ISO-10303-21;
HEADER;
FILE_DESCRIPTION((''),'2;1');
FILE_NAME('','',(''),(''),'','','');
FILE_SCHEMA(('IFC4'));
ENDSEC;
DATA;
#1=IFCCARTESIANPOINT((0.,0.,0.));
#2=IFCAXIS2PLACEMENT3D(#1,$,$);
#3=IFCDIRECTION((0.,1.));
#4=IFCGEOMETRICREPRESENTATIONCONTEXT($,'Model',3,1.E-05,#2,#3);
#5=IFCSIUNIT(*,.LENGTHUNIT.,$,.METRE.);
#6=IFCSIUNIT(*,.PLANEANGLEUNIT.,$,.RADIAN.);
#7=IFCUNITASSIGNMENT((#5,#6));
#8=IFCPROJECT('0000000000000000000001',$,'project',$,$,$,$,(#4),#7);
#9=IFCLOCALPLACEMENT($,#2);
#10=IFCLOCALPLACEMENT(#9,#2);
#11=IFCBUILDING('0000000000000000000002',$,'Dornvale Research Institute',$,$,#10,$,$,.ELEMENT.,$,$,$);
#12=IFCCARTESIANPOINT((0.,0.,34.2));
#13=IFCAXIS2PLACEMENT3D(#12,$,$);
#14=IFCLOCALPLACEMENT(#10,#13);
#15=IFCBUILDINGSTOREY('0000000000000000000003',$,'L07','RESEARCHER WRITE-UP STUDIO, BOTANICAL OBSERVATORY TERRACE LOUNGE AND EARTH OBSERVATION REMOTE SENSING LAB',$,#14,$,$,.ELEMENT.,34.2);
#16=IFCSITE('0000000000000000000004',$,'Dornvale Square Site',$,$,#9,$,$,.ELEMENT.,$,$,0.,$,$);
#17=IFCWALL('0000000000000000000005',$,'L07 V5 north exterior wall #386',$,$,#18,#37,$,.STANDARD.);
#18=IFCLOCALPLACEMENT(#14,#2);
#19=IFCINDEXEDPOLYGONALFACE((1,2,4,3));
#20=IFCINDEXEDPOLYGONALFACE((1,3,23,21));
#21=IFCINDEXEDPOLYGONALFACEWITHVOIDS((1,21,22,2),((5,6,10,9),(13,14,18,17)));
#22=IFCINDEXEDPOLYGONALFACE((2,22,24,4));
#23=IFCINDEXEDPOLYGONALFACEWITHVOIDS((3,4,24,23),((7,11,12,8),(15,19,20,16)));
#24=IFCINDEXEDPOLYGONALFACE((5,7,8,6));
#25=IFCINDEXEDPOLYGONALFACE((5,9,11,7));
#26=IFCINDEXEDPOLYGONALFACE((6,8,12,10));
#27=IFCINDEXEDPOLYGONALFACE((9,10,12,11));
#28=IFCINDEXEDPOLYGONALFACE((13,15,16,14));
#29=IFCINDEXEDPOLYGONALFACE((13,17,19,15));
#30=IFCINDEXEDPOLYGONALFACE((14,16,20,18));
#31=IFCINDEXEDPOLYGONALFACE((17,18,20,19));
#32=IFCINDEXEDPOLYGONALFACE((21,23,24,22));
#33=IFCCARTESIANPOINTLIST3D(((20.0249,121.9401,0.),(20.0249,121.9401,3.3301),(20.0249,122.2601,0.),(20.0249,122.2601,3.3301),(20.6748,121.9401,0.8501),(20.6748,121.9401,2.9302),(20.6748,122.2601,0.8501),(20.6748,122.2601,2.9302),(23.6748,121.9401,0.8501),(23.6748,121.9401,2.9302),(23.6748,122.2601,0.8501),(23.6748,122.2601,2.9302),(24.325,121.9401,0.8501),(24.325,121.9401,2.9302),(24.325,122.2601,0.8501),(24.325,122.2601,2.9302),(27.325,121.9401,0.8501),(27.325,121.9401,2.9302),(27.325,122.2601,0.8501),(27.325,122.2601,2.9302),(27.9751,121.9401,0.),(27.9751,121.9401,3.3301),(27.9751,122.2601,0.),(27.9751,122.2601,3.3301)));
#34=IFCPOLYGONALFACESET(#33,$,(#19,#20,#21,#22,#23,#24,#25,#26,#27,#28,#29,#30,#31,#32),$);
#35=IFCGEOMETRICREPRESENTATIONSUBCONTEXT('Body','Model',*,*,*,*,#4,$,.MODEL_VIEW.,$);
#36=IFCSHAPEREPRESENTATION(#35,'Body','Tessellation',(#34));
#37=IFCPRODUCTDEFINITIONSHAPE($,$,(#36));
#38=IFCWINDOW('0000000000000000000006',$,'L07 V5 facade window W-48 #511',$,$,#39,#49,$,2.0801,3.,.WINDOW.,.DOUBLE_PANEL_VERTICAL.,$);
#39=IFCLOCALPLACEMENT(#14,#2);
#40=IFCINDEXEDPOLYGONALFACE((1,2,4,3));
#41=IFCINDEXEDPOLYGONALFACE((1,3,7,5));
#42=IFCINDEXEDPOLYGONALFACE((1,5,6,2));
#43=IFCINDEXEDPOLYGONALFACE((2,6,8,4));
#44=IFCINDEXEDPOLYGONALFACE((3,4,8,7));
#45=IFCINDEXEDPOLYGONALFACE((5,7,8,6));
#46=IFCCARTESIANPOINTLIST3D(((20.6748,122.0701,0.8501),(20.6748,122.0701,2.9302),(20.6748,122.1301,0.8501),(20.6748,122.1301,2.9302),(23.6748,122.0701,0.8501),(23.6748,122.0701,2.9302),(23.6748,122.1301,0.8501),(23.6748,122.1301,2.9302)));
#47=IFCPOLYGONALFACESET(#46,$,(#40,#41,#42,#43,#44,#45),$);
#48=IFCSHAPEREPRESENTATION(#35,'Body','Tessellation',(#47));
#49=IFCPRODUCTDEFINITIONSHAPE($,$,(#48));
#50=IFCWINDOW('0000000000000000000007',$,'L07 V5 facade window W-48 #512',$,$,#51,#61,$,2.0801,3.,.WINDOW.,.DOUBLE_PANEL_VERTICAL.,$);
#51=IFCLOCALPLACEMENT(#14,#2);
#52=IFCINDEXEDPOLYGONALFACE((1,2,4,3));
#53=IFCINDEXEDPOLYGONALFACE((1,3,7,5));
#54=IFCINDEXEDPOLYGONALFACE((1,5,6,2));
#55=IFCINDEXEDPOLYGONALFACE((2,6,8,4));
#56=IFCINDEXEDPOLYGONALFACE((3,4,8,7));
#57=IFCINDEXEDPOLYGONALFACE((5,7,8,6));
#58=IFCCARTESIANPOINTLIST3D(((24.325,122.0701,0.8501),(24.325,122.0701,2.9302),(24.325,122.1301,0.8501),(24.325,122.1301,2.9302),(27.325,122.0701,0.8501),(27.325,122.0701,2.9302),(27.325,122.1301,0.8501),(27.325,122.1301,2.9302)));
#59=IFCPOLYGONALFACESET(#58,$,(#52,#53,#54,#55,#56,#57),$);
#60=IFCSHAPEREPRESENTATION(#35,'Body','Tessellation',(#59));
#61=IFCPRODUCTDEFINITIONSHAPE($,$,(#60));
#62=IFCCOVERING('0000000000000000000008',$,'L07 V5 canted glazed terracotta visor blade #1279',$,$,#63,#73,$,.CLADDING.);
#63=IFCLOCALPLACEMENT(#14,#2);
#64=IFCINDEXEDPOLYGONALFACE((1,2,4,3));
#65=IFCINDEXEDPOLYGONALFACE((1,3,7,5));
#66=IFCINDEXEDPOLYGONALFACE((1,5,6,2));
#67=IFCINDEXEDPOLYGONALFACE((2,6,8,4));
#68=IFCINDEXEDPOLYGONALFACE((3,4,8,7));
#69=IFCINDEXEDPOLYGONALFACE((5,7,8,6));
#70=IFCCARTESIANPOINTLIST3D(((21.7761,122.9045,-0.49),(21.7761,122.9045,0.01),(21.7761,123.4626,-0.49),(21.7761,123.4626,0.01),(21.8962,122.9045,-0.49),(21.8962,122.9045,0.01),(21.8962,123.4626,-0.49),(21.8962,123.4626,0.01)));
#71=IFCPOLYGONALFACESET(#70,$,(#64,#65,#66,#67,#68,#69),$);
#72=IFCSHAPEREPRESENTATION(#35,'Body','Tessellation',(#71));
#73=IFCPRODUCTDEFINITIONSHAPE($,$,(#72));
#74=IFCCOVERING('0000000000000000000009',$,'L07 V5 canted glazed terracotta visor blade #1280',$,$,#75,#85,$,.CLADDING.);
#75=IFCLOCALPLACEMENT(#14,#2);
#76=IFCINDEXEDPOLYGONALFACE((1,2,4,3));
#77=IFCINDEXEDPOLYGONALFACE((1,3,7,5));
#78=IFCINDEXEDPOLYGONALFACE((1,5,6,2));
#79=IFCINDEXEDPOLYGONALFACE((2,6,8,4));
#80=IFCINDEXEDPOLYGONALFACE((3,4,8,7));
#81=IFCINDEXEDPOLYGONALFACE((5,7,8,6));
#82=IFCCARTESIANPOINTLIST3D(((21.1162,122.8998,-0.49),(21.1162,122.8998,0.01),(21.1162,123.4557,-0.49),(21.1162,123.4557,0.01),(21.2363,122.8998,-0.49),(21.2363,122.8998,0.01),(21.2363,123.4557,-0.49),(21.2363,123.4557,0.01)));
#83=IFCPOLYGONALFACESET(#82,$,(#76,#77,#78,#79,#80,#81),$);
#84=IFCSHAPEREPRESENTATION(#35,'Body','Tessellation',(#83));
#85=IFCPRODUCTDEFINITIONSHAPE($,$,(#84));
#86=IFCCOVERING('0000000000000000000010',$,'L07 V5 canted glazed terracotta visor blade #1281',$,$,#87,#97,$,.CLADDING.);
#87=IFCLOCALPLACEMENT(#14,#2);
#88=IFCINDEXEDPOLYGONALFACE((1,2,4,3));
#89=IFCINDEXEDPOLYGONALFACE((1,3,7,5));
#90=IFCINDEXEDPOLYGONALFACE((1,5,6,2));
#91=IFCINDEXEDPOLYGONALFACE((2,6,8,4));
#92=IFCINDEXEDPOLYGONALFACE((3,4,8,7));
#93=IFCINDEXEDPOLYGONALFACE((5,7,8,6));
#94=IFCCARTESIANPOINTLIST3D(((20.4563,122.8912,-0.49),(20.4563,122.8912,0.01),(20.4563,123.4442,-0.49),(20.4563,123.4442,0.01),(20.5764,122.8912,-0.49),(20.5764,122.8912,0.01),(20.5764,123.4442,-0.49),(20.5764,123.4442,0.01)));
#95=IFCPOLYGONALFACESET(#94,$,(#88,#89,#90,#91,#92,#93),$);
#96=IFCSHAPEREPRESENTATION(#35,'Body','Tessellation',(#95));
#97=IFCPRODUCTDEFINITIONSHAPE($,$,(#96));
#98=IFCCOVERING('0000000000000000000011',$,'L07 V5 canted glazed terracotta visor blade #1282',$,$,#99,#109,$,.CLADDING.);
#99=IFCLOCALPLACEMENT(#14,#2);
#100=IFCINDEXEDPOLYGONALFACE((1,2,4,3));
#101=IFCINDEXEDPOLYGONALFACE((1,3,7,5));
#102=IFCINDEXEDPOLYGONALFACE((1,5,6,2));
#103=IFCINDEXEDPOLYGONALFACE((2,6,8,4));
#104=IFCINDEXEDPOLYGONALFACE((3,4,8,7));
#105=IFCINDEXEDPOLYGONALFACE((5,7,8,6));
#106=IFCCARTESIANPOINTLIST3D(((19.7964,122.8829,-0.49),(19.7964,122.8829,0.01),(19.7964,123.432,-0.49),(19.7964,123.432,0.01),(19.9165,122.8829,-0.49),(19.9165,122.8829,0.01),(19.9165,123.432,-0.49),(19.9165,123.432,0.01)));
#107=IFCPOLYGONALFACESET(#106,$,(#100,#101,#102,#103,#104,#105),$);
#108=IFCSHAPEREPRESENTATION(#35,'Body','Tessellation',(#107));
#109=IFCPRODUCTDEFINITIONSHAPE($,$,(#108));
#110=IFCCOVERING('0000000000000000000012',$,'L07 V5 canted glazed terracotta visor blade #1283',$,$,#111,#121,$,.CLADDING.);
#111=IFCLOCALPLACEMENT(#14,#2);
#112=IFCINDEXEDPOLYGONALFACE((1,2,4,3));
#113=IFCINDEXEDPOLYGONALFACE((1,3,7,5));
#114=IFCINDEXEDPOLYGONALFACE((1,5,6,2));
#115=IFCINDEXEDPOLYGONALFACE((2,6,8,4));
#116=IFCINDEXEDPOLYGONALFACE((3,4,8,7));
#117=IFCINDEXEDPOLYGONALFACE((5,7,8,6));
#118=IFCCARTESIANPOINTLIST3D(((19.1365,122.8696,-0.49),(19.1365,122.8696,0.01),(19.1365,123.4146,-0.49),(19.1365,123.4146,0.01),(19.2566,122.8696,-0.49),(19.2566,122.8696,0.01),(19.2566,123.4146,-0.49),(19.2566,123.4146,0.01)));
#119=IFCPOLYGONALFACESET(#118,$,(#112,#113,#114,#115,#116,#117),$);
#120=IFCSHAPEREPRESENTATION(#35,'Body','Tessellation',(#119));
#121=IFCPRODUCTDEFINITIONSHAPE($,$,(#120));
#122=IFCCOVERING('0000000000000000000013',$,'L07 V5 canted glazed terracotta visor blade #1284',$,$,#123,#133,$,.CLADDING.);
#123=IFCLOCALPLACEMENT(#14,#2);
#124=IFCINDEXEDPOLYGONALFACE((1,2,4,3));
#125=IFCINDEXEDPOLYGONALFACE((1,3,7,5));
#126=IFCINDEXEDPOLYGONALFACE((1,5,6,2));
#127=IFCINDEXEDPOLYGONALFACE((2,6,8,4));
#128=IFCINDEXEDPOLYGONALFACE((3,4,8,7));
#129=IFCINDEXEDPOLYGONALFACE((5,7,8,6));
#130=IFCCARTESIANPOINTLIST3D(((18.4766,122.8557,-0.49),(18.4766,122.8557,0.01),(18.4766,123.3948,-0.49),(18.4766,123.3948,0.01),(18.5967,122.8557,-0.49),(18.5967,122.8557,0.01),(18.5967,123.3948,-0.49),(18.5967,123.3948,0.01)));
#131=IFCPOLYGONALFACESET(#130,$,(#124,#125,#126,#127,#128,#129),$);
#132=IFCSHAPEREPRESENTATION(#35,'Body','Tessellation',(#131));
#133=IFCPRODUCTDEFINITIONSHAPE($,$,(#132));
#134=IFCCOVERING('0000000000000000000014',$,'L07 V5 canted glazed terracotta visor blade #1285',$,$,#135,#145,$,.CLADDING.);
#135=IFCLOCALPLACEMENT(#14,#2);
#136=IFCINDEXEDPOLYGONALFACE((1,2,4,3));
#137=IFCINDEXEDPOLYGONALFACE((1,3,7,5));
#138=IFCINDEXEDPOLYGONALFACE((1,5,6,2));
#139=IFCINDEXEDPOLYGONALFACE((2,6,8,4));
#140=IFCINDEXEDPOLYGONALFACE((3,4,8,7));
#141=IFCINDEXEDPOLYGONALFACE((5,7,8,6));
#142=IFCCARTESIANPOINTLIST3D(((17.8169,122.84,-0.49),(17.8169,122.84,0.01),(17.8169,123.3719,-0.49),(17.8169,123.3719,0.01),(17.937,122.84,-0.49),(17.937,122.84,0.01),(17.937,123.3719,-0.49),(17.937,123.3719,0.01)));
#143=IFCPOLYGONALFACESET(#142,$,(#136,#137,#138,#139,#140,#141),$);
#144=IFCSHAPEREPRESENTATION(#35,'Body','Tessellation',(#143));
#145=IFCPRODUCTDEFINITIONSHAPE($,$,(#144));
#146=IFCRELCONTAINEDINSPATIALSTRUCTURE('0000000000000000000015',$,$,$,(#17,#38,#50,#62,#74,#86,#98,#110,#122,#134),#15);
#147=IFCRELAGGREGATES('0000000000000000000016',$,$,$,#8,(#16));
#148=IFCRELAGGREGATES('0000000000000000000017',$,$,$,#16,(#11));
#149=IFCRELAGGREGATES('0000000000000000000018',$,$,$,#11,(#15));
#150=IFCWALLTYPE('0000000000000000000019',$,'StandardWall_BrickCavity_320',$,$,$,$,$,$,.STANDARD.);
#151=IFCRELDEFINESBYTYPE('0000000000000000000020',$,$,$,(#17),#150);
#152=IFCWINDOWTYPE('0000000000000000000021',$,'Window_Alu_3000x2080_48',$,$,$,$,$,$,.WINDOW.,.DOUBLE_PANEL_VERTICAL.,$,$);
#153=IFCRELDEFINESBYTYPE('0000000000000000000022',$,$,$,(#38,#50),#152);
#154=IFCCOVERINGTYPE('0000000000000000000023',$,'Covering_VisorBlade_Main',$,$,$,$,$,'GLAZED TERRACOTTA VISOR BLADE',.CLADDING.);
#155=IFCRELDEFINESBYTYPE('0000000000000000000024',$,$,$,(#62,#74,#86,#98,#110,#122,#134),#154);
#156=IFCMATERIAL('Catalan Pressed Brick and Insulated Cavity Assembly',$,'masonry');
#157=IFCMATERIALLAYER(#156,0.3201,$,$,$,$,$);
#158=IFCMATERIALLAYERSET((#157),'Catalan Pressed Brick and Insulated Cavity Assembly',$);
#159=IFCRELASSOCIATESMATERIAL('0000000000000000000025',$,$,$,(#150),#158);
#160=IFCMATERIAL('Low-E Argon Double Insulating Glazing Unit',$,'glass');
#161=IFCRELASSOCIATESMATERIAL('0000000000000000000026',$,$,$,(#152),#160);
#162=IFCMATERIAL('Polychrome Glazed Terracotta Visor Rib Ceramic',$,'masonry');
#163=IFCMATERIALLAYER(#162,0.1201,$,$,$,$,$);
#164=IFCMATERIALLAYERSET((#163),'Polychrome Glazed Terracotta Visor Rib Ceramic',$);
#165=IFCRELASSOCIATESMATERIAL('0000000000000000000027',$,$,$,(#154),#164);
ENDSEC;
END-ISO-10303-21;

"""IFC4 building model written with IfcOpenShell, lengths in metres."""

from ifc_helpers import new_model, si_unit, direction, frame, frame_2d, origin, origin_2d, place, context, subcontext, project, spatial, rectangle, extrude, material, layer, layer_set, type_object, element, fill, save


model = new_model("IFC4")

# Units and contexts
model_context = context("Model", 3, precision=1e-05, world=origin(), true_north=direction((0.0, 1.0)))
body_context = subcontext(model_context, "Body", "Model", "MODEL_VIEW")
ifc_project = project(units=[si_unit("LENGTHUNIT", "METRE"), si_unit("PLANEANGLEUNIT", "RADIAN")], contexts=[model_context])

# Site, building, storey
site_placement = place(None, origin())
site = spatial("IfcSite", under=ifc_project, at=site_placement, Name="Dornvale Square Site", CompositionType="ELEMENT", RefElevation=0.0)
building_placement = place(site_placement, origin())
building = spatial("IfcBuilding", under=site, at=building_placement, Name="Dornvale Research Institute", CompositionType="ELEMENT")
storey_placement = place(building_placement, frame((0.0, 0.0, 34.2)))
storey = spatial("IfcBuildingStorey", under=building, at=storey_placement, Name="L07", Description="RESEARCHER WRITE-UP STUDIO, BOTANICAL OBSERVATORY TERRACE LOUNGE AND EARTH OBSERVATION REMOTE SENSING LAB", CompositionType="ELEMENT", Elevation=34.2)

# Wall, openings, windows
ifc_material_1 = material(Name="Catalan Pressed Brick and Insulated Cavity Assembly", Category="masonry")
ifc_layer_1 = layer(ifc_material_1, 0.3201)
ifc_layer_set_1 = layer_set([ifc_layer_1], Name="Catalan Pressed Brick and Insulated Cavity Assembly")
wall_type = type_object("IfcWallType", Name="StandardWall_BrickCavity_320", PredefinedType="STANDARD", material=ifc_layer_set_1)
wall_placement = place(storey_placement, frame((20.0249, 122.1001, 0.0), z_axis=(0.0, 0.0, 1.0), x_axis=(1.0, 0.0, 0.0)))
wall = element("IfcWall", 1, at=wall_placement, inside=storey, type_object=wall_type, Name="L07 V5 north exterior wall #386", PredefinedType="STANDARD", context=body_context, shape_type="SweptSolid", body=[
    extrude(rectangle(XDim=7.9502, YDim=0.3201, at=frame_2d((3.9751, 0.0))), origin(), (0.0, 0.0, 1.0), 3.3301),
])
opening_1_placement = place(wall_placement, frame((0.6499, 0.0, 0.8501)))
opening_1 = element("IfcOpeningElement", 2, at=opening_1_placement, cuts=wall, PredefinedType="OPENING", context=body_context, shape_type="SweptSolid", body=[
    extrude(rectangle(XDim=3.0, YDim=2.0801, at=frame_2d((1.5, 1.04))), frame((0.0, 0.175, 0.0), z_axis=(0.0, -1.0, 0.0), x_axis=(1.0, 0.0, 0.0)), (0.0, 0.0, 1.0), 0.3501),
])
opening_2_placement = place(wall_placement, frame((4.3, 0.0, 0.8501)))
opening_2 = element("IfcOpeningElement", 3, at=opening_2_placement, cuts=wall, PredefinedType="OPENING", context=body_context, shape_type="SweptSolid", body=[
    extrude(rectangle(XDim=3.0, YDim=2.0801, at=frame_2d((1.5, 1.04))), frame((0.0, 0.175, 0.0), z_axis=(0.0, -1.0, 0.0), x_axis=(1.0, 0.0, 0.0)), (0.0, 0.0, 1.0), 0.3501),
])
ifc_material_2 = material(Name="Low-E Argon Double Insulating Glazing Unit", Category="glass")
window_type = type_object("IfcWindowType", Name="Window_Alu_3000x2080_48", PartitioningType="DOUBLE_PANEL_VERTICAL", PredefinedType="WINDOW", material=ifc_material_2)
window_1_placement = place(opening_1_placement, origin())
window_1 = element("IfcWindow", 4, at=window_1_placement, inside=storey, type_object=window_type, Name="L07 V5 facade window W-48 #511", OverallHeight=2.0801, OverallWidth=3.0, PartitioningType="DOUBLE_PANEL_VERTICAL", PredefinedType="WINDOW", context=body_context, shape_type="SweptSolid", body=[
    extrude(rectangle(XDim=3.0, YDim=2.0801, at=frame_2d((1.5, 1.04))), frame((0.0, 0.03, 0.0), z_axis=(0.0, -1.0, 0.0), x_axis=(1.0, 0.0, 0.0)), (0.0, 0.0, 1.0), 0.0601),
])
fill(opening_1, window_1)
window_2_placement = place(opening_2_placement, origin())
window_2 = element("IfcWindow", 5, at=window_2_placement, inside=storey, type_object=window_type, Name="L07 V5 facade window W-48 #512", OverallHeight=2.0801, OverallWidth=3.0, PartitioningType="DOUBLE_PANEL_VERTICAL", PredefinedType="WINDOW", context=body_context, shape_type="SweptSolid", body=[
    extrude(rectangle(XDim=3.0, YDim=2.0801, at=frame_2d((1.5, 1.04))), frame((0.0, 0.03, 0.0), z_axis=(0.0, -1.0, 0.0), x_axis=(1.0, 0.0, 0.0)), (0.0, 0.0, 1.0), 0.0601),
])
fill(opening_2, window_2)

# Coverings
ifc_material_3 = material(Name="Polychrome Glazed Terracotta Visor Rib Ceramic", Category="masonry")
ifc_layer_2 = layer(ifc_material_3, 0.1201)
ifc_layer_set_2 = layer_set([ifc_layer_2], Name="Polychrome Glazed Terracotta Visor Rib Ceramic")
covering_type = type_object("IfcCoveringType", Name="Covering_VisorBlade_Main", ElementType="GLAZED TERRACOTTA VISOR BLADE", PredefinedType="CLADDING", material=ifc_layer_set_2)
covering_1_placement = place(storey_placement, frame((21.8362, 123.1836, -0.49), z_axis=(0.0, 0.0, 1.0), x_axis=(0.0, 1.0, 0.0)))
element("IfcCovering", 6, at=covering_1_placement, inside=storey, type_object=covering_type, Name="L07 V5 canted glazed terracotta visor blade #1279", PredefinedType="CLADDING", context=body_context, shape_type="SweptSolid", body=[
    extrude(rectangle(XDim=0.5581, YDim=0.1201, at=origin_2d()), origin(), (0.0, 0.0, 1.0), 0.5),
])
covering_2_placement = place(storey_placement, frame((21.1763, 123.1777, -0.49), z_axis=(0.0, 0.0, 1.0), x_axis=(0.0, 1.0, 0.0)))
element("IfcCovering", 7, at=covering_2_placement, inside=storey, type_object=covering_type, Name="L07 V5 canted glazed terracotta visor blade #1280", PredefinedType="CLADDING", context=body_context, shape_type="SweptSolid", body=[
    extrude(rectangle(XDim=0.5559, YDim=0.1201, at=origin_2d()), origin(), (0.0, 0.0, 1.0), 0.5),
])
covering_3_placement = place(storey_placement, frame((20.5164, 123.1677, -0.49), z_axis=(0.0, 0.0, 1.0), x_axis=(0.0, 1.0, 0.0)))
element("IfcCovering", 8, at=covering_3_placement, inside=storey, type_object=covering_type, Name="L07 V5 canted glazed terracotta visor blade #1281", PredefinedType="CLADDING", context=body_context, shape_type="SweptSolid", body=[
    extrude(rectangle(XDim=0.553, YDim=0.1201, at=origin_2d()), origin(), (0.0, 0.0, 1.0), 0.5),
])
covering_4_placement = place(storey_placement, frame((19.8564, 123.1575, -0.49), z_axis=(0.0, 0.0, 1.0), x_axis=(0.0, 1.0, 0.0)))
element("IfcCovering", 9, at=covering_4_placement, inside=storey, type_object=covering_type, Name="L07 V5 canted glazed terracotta visor blade #1282", PredefinedType="CLADDING", context=body_context, shape_type="SweptSolid", body=[
    extrude(rectangle(XDim=0.5491, YDim=0.1201, at=origin_2d()), origin(), (0.0, 0.0, 1.0), 0.5),
])
covering_5_placement = place(storey_placement, frame((19.1965, 123.1421, -0.49), z_axis=(0.0, 0.0, 1.0), x_axis=(0.0, 1.0, 0.0)))
element("IfcCovering", 10, at=covering_5_placement, inside=storey, type_object=covering_type, Name="L07 V5 canted glazed terracotta visor blade #1283", PredefinedType="CLADDING", context=body_context, shape_type="SweptSolid", body=[
    extrude(rectangle(XDim=0.5449, YDim=0.1201, at=origin_2d()), origin(), (0.0, 0.0, 1.0), 0.5),
])
covering_6_placement = place(storey_placement, frame((18.5366, 123.1252, -0.49), z_axis=(0.0, 0.0, 1.0), x_axis=(0.0, 1.0, 0.0)))
element("IfcCovering", 11, at=covering_6_placement, inside=storey, type_object=covering_type, Name="L07 V5 canted glazed terracotta visor blade #1284", PredefinedType="CLADDING", context=body_context, shape_type="SweptSolid", body=[
    extrude(rectangle(XDim=0.5391, YDim=0.1201, at=origin_2d()), origin(), (0.0, 0.0, 1.0), 0.5),
])
covering_7_placement = place(storey_placement, frame((17.877, 123.106, -0.49), z_axis=(0.0, 0.0, 1.0), x_axis=(0.0, 1.0, 0.0)))
element("IfcCovering", 12, at=covering_7_placement, inside=storey, type_object=covering_type, Name="L07 V5 canted glazed terracotta visor blade #1285", PredefinedType="CLADDING", context=body_context, shape_type="SweptSolid", body=[
    extrude(rectangle(XDim=0.532, YDim=0.1201, at=origin_2d()), origin(), (0.0, 0.0, 1.0), 0.5),
])

save(model, "model.ifc")
